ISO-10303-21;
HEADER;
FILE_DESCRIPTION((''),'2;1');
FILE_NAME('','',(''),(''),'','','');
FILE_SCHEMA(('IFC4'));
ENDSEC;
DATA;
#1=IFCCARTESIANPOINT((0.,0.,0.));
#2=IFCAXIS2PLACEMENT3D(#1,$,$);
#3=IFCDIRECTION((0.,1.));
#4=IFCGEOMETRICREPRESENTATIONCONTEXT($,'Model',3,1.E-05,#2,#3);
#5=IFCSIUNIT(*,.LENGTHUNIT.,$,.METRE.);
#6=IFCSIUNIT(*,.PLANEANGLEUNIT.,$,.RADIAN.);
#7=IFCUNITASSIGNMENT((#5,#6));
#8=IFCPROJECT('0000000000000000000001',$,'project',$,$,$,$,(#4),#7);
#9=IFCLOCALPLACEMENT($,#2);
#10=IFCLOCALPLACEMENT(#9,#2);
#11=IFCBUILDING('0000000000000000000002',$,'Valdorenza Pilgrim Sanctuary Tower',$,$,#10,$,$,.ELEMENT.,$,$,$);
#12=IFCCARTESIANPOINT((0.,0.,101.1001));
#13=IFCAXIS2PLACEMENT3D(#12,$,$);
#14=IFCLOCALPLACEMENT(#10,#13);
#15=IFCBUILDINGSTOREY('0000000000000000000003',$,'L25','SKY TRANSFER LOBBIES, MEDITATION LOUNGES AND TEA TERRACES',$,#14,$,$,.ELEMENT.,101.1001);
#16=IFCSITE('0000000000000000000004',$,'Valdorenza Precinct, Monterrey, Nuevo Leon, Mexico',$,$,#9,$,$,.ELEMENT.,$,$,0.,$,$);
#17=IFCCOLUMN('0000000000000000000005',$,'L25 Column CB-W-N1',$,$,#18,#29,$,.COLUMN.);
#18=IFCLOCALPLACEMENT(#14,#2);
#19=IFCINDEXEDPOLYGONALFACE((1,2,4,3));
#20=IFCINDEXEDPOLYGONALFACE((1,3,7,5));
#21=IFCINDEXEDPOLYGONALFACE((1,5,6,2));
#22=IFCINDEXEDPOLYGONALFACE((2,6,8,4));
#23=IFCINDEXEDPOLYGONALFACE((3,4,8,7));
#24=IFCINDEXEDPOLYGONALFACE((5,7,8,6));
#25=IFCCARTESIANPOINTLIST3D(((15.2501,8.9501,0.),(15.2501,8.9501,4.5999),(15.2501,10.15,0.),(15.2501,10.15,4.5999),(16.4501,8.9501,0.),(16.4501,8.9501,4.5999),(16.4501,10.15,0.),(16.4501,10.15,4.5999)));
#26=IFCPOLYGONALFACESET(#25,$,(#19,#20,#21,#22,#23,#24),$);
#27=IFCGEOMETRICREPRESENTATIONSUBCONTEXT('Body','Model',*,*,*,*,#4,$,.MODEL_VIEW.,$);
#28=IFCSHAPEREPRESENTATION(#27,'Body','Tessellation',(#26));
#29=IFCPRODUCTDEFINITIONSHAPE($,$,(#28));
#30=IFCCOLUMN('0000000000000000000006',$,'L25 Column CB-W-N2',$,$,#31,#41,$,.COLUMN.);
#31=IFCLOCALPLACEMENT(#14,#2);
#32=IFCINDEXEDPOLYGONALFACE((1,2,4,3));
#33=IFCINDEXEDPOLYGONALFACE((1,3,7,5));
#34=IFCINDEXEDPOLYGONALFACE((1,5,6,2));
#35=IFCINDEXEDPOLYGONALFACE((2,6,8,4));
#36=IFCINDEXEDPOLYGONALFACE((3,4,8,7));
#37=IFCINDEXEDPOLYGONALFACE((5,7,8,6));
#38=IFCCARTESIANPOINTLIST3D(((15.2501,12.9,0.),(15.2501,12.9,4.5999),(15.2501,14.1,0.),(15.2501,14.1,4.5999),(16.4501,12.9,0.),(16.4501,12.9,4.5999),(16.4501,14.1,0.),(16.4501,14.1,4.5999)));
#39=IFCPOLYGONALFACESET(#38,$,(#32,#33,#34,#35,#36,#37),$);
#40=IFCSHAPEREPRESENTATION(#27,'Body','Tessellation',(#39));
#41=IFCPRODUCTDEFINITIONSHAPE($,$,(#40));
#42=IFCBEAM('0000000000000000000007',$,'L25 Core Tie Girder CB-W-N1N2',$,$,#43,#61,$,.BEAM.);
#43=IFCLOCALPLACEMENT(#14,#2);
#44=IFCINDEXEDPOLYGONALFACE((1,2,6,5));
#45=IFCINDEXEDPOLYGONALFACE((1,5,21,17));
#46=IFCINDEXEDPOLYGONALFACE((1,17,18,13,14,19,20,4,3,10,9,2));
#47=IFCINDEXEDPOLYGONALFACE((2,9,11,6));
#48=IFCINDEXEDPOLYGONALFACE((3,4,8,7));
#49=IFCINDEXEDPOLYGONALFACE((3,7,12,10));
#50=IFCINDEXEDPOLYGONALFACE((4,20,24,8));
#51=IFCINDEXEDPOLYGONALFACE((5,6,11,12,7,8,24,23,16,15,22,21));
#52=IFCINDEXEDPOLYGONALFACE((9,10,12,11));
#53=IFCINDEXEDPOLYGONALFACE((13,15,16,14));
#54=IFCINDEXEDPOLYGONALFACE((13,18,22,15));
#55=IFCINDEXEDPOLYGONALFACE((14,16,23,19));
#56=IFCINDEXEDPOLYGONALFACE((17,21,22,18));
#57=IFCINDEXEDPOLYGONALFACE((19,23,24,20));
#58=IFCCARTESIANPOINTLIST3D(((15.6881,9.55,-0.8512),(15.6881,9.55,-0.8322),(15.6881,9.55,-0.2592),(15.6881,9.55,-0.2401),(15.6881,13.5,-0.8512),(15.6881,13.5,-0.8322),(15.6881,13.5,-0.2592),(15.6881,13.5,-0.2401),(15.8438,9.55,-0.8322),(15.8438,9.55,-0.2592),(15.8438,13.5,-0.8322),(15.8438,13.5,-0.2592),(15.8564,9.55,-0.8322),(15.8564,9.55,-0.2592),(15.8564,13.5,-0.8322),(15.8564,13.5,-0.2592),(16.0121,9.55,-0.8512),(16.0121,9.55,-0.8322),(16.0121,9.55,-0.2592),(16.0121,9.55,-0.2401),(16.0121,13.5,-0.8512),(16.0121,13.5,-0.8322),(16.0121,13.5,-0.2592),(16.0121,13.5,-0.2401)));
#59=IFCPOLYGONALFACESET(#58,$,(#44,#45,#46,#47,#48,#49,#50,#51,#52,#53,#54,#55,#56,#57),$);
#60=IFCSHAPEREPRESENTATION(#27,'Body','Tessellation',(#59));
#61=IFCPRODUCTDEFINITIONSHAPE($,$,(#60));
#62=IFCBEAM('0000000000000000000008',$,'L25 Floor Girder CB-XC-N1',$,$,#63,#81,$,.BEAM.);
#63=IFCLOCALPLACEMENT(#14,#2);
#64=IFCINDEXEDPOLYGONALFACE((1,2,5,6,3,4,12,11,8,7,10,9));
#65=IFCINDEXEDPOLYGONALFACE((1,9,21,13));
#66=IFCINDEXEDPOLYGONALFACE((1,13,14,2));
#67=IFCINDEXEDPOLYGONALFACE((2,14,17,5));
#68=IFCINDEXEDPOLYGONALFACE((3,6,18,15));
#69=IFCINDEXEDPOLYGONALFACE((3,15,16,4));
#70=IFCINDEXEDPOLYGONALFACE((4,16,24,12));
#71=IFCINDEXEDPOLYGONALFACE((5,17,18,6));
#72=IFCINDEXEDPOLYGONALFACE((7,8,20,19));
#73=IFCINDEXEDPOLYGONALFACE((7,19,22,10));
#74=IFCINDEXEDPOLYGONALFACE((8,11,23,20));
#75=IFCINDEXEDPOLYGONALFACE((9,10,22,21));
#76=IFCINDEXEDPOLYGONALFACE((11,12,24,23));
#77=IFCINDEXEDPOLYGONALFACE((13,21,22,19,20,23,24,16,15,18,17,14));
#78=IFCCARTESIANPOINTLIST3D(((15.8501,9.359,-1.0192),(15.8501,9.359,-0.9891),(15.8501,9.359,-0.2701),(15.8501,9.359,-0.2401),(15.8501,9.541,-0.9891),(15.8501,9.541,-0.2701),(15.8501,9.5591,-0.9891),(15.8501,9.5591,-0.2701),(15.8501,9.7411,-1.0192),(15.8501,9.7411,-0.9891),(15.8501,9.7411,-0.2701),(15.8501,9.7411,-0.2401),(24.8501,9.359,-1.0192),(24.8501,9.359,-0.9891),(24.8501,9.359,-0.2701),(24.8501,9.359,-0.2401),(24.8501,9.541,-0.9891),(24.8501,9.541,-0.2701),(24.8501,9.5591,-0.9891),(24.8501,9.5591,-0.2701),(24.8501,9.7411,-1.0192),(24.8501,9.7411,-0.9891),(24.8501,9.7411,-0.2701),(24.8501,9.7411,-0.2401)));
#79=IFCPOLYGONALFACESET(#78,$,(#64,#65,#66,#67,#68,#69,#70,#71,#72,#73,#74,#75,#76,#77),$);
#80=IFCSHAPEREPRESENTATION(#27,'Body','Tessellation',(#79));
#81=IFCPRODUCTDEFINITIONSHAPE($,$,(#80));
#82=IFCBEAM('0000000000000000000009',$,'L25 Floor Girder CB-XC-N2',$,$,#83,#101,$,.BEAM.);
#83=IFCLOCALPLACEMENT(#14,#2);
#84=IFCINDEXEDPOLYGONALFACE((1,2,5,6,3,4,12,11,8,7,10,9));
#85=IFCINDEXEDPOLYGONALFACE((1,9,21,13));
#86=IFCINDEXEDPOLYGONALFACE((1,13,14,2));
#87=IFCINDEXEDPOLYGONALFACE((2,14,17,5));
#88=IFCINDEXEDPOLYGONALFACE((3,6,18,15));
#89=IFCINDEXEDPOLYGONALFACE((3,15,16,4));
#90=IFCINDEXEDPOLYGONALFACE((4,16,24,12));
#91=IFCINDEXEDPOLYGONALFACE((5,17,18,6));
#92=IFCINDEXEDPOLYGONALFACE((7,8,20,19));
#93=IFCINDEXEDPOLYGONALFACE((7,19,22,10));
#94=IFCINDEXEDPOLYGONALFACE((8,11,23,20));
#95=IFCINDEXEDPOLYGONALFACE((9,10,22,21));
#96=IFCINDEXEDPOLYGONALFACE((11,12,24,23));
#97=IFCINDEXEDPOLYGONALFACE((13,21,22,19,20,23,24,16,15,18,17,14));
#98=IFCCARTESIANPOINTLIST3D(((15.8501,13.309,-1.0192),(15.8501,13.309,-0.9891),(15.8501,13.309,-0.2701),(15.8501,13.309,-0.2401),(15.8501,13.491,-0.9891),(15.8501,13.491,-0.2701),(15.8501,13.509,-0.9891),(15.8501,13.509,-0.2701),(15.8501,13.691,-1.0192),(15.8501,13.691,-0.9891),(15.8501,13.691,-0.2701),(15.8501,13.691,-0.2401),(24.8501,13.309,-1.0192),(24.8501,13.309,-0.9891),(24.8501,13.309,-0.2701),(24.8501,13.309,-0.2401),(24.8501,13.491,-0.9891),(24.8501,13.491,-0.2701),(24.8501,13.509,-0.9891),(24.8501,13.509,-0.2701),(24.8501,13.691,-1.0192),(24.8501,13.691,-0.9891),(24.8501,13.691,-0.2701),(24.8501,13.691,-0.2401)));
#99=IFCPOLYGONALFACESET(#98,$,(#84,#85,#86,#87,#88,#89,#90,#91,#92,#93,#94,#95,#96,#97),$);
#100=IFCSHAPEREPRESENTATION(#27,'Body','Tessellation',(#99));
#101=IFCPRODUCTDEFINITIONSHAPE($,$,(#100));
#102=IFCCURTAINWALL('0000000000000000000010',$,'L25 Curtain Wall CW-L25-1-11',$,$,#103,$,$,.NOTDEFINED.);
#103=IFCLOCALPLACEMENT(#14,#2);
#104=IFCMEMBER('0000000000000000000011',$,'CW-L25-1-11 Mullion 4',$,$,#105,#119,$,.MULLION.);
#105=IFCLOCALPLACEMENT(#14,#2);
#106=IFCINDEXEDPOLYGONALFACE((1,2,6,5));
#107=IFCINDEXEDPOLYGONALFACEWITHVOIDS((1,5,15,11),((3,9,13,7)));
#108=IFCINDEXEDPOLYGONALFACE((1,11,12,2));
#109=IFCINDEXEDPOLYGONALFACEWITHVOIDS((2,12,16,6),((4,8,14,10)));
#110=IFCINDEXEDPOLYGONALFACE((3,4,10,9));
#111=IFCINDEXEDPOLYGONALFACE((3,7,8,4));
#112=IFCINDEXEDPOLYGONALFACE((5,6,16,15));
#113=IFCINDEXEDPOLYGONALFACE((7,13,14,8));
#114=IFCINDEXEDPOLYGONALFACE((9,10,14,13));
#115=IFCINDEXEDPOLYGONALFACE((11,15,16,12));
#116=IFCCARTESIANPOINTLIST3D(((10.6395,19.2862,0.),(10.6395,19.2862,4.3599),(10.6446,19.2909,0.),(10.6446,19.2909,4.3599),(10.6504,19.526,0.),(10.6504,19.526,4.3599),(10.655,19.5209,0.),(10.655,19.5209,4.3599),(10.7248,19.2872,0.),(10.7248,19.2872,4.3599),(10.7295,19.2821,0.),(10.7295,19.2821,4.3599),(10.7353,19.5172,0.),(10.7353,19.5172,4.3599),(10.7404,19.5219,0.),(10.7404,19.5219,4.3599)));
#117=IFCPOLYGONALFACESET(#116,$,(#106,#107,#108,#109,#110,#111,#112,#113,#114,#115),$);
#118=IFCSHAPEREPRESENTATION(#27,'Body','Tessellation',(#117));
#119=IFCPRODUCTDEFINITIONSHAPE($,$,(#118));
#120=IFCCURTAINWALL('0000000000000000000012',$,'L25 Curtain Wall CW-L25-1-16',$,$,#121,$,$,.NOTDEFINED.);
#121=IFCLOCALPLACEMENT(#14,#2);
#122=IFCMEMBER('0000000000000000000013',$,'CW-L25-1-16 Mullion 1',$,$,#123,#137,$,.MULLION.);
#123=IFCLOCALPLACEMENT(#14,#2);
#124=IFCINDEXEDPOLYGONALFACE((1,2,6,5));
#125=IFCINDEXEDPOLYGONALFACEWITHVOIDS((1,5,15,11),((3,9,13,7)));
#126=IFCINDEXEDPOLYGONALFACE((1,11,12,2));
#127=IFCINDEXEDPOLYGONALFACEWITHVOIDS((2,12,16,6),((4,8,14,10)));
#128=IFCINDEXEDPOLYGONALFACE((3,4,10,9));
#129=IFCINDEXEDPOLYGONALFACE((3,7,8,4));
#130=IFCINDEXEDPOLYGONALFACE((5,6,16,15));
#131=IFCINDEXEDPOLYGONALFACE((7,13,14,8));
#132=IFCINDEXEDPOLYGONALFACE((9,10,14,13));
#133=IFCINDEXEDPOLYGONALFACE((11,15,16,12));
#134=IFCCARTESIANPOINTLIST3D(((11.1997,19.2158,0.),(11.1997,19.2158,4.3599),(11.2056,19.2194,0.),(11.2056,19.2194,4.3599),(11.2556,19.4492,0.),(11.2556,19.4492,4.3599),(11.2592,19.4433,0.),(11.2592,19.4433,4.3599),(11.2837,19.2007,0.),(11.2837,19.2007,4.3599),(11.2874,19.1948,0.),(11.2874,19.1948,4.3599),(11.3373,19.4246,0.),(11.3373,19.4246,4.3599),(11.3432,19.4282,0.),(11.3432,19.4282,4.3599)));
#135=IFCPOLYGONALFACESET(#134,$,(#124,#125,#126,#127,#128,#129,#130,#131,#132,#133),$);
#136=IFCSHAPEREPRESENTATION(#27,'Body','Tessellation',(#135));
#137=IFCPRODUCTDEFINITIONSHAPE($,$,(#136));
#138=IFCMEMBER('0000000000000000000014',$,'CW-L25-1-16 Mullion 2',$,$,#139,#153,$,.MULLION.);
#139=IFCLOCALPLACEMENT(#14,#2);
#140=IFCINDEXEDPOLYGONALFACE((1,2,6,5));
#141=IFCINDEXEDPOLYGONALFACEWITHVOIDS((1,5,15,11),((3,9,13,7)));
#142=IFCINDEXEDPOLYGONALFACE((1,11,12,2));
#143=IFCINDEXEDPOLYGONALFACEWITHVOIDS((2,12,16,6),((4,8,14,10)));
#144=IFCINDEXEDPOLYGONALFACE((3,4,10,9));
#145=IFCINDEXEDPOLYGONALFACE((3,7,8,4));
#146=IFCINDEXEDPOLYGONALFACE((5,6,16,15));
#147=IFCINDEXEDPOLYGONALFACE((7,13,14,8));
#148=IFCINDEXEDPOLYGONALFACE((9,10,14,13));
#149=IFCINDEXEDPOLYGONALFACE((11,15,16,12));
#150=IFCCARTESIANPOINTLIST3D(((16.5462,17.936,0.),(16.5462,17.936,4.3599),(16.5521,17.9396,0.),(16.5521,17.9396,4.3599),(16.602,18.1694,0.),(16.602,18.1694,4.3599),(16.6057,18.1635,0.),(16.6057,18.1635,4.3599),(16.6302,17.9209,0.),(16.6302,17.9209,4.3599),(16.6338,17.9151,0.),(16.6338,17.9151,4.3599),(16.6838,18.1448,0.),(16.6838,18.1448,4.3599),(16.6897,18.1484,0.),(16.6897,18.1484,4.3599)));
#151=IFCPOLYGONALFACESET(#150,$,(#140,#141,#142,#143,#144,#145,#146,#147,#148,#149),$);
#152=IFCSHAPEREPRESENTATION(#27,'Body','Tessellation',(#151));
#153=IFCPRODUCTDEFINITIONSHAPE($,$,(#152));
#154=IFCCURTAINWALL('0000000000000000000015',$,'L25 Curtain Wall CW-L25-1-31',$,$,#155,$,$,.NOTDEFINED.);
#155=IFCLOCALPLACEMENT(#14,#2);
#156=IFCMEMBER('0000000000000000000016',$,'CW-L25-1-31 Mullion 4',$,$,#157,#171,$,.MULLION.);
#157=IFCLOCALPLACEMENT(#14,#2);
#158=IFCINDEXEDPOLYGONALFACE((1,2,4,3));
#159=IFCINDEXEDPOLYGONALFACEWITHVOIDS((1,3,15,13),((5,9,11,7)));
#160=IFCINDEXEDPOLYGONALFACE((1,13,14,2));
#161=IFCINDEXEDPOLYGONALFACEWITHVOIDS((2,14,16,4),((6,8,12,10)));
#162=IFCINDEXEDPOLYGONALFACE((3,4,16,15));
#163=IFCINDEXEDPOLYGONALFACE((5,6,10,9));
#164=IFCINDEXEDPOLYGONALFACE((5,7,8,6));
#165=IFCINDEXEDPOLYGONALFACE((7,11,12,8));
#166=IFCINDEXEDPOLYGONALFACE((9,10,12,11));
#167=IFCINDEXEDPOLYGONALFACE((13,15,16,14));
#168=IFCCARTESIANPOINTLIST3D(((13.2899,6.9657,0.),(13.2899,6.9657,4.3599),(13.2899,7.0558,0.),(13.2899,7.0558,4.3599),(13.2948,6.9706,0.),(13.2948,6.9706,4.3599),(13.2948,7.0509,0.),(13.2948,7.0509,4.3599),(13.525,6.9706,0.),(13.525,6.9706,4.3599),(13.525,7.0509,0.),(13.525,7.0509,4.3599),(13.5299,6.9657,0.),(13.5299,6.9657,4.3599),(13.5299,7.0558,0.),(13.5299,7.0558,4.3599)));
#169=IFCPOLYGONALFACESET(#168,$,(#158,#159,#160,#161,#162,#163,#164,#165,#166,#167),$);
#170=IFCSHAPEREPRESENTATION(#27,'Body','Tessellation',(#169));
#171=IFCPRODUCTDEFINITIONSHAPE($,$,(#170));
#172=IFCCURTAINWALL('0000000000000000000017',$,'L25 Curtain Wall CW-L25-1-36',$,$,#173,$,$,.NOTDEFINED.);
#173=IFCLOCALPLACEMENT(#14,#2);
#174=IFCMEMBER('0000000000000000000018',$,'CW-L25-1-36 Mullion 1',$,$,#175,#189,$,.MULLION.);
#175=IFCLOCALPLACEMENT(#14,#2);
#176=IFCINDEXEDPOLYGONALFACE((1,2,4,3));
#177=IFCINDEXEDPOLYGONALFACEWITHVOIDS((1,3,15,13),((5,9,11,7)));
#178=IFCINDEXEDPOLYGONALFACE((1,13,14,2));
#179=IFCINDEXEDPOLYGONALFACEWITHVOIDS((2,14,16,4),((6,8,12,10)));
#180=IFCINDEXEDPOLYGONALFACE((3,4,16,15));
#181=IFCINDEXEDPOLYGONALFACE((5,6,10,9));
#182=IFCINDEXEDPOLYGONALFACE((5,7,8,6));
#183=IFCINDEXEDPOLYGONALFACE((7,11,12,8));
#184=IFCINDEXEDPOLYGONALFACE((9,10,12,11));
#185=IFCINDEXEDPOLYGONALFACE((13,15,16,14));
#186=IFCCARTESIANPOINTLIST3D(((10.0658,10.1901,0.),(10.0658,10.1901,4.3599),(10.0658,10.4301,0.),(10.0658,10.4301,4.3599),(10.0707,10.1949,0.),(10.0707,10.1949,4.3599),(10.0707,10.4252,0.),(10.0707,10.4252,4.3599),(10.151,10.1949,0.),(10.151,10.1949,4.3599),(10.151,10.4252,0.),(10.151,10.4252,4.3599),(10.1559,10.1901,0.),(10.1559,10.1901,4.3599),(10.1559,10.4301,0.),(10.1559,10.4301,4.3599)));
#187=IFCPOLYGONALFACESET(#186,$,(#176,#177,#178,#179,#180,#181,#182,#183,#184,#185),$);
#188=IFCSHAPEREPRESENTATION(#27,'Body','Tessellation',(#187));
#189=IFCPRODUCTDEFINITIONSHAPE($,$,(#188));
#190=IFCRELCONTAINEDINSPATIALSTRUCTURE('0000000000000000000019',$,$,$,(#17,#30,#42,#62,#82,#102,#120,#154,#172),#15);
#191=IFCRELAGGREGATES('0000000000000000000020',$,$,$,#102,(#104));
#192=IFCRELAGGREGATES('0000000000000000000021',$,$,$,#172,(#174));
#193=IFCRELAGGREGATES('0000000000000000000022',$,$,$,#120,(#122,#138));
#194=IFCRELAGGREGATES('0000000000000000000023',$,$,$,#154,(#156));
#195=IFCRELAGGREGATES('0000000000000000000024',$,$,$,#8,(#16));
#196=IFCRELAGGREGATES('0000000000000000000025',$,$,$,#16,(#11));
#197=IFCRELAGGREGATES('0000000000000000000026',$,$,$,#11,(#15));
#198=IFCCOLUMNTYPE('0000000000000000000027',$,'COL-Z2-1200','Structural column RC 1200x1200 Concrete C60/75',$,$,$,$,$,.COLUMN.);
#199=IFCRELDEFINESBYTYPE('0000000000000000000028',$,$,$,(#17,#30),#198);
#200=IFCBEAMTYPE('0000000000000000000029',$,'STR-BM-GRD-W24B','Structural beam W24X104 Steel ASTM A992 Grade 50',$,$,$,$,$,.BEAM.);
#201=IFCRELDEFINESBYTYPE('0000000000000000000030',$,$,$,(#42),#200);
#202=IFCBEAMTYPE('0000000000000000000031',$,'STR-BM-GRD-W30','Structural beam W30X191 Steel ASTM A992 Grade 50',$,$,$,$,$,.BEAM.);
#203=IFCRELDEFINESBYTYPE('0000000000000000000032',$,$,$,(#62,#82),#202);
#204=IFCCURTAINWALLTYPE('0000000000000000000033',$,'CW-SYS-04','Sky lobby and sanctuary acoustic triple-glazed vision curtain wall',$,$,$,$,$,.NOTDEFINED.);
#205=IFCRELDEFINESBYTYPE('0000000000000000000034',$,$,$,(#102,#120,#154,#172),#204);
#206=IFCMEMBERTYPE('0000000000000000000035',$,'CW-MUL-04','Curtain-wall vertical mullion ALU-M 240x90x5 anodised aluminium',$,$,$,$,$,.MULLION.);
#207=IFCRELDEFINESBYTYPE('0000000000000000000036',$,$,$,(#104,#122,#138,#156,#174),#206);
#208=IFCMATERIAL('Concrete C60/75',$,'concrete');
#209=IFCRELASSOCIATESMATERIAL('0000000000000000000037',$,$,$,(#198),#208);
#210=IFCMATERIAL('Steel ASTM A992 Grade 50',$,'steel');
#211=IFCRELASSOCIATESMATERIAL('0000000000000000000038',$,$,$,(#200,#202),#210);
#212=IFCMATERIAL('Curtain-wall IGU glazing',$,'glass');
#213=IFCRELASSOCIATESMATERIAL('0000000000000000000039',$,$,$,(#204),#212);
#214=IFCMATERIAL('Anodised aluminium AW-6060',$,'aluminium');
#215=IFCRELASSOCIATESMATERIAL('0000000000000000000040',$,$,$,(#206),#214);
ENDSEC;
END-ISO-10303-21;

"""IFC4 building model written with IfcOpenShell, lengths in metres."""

from ifc_helpers import new_model, si_unit, direction, frame, origin, origin_2d, place, context, subcontext, project, spatial, rectangle, hollow_rectangle, i_section, extrude, source, transform, mapped, material, material_profile, profile_set, type_object, element, aggregate, save


model = new_model("IFC4")

# Units and contexts
model_context = context("Model", 3, precision=1e-05, world=origin(), true_north=direction((0.0, 1.0)))
body_context = subcontext(model_context, "Body", "Model", "MODEL_VIEW")
ifc_project = project(units=[si_unit("LENGTHUNIT", "METRE"), si_unit("PLANEANGLEUNIT", "RADIAN")], contexts=[model_context])

# Site, building, storey
site_placement = place(None, origin())
site = spatial("IfcSite", under=ifc_project, at=site_placement, Name="Valdorenza Precinct, Monterrey, Nuevo Leon, Mexico", CompositionType="ELEMENT", RefElevation=0.0)
building_placement = place(site_placement, origin())
building = spatial("IfcBuilding", under=site, at=building_placement, Name="Valdorenza Pilgrim Sanctuary Tower", CompositionType="ELEMENT")
storey_placement = place(building_placement, frame((0.0, 0.0, 101.1001)))
storey = spatial("IfcBuildingStorey", under=building, at=storey_placement, Name="L25", Description="SKY TRANSFER LOBBIES, MEDITATION LOUNGES AND TEA TERRACES", CompositionType="ELEMENT", Elevation=101.1001)

# Columns
ifc_material_1 = material(Name="Concrete C60/75", Category="concrete")
ifc_material_profile_1 = material_profile(ifc_material_1, rectangle(XDim=1.2, YDim=1.2, at=origin_2d()), Name="RC 1200x1200")
ifc_profile_set_1 = profile_set([ifc_material_profile_1], Name="Concrete C60/75")
column_type = type_object("IfcColumnType", Name="COL-Z2-1200", Description="Structural column RC 1200x1200 Concrete C60/75", PredefinedType="COLUMN", material=ifc_profile_set_1)
shared_shape_1 = source(origin(), body_context, "Body", "SweptSolid", [
    extrude(rectangle(XDim=1.2, YDim=1.2, at=origin_2d()), origin(), (0.0, 0.0, 1.0), 4.5999),
])
for number, where, z_axis, x_axis, name in (
    (1, (15.8501, 9.55, 0.0), (0.0, 0.0, 1.0), (1.0, 0.0, 0.0), "L25 Column CB-W-N1"),
    (2, (15.8501, 13.5, 0.0), (0.0, 0.0, 1.0), (1.0, 0.0, 0.0), "L25 Column CB-W-N2"),
):
    element("IfcColumn", number, at=place(storey_placement, frame(where, z_axis=z_axis, x_axis=x_axis)), inside=storey, type_object=column_type, Name=name, PredefinedType="COLUMN", context=body_context, shape_type="MappedRepresentation", body=[
        mapped(shared_shape_1, transform((0.0, 0.0, 0.0), x_axis=(1.0, 0.0, 0.0), y_axis=(0.0, 1.0, 0.0), z_axis=(0.0, 0.0, 1.0), scale=1.0)),
    ])

# Beams
ifc_material_2 = material(Name="Steel ASTM A992 Grade 50", Category="steel")
ifc_material_profile_2 = material_profile(ifc_material_2, i_section(OverallWidth=0.324, OverallDepth=0.6111, WebThickness=0.0127, FlangeThickness=0.019, at=origin_2d()), Name="W24X104")
ifc_profile_set_2 = profile_set([ifc_material_profile_2], Name="Steel ASTM A992 Grade 50")
beam_type_1 = type_object("IfcBeamType", Name="STR-BM-GRD-W24B", Description="Structural beam W24X104 Steel ASTM A992 Grade 50", PredefinedType="BEAM", material=ifc_profile_set_2)
shared_shape_2 = source(origin(), body_context, "Body", "SweptSolid", [
    extrude(i_section(OverallWidth=0.324, OverallDepth=0.6111, WebThickness=0.0127, FlangeThickness=0.019, at=origin_2d()), origin(), (0.0, 0.0, 1.0), 3.95),
])
beam_placement = place(storey_placement, frame((15.8501, 9.55, -0.5457), z_axis=(0.0, 1.0, 0.0), x_axis=(-1.0, 0.0, 0.0)))
element("IfcBeam", 3, at=beam_placement, inside=storey, type_object=beam_type_1, Name="L25 Core Tie Girder CB-W-N1N2", PredefinedType="BEAM", context=body_context, shape_type="MappedRepresentation", body=[
    mapped(shared_shape_2, transform((0.0, 0.0, 0.0), x_axis=(1.0, 0.0, 0.0), y_axis=(0.0, 1.0, 0.0), z_axis=(0.0, 0.0, 1.0), scale=1.0)),
])
ifc_material_profile_3 = material_profile(ifc_material_2, i_section(OverallWidth=0.3821, OverallDepth=0.7791, WebThickness=0.0181, FlangeThickness=0.03, at=origin_2d()), Name="W30X191")
ifc_profile_set_3 = profile_set([ifc_material_profile_3], Name="Steel ASTM A992 Grade 50")
beam_type_2 = type_object("IfcBeamType", Name="STR-BM-GRD-W30", Description="Structural beam W30X191 Steel ASTM A992 Grade 50", PredefinedType="BEAM", material=ifc_profile_set_3)
shared_shape_3 = source(origin(), body_context, "Body", "SweptSolid", [
    extrude(i_section(OverallWidth=0.3821, OverallDepth=0.7791, WebThickness=0.0181, FlangeThickness=0.03, at=origin_2d()), origin(), (0.0, 0.0, 1.0), 9.0),
])
for number, where, z_axis, x_axis, name in (
    (4, (15.8501, 9.55, -0.6296), (1.0, 0.0, 0.0), (0.0, 1.0, 0.0), "L25 Floor Girder CB-XC-N1"),
    (5, (15.8501, 13.5, -0.6296), (1.0, 0.0, 0.0), (0.0, 1.0, 0.0), "L25 Floor Girder CB-XC-N2"),
):
    element("IfcBeam", number, at=place(storey_placement, frame(where, z_axis=z_axis, x_axis=x_axis)), inside=storey, type_object=beam_type_2, Name=name, PredefinedType="BEAM", context=body_context, shape_type="MappedRepresentation", body=[
        mapped(shared_shape_3, transform((0.0, 0.0, 0.0), x_axis=(1.0, 0.0, 0.0), y_axis=(0.0, 1.0, 0.0), z_axis=(0.0, 0.0, 1.0), scale=1.0)),
    ])

# Curtain wall, member
ifc_material_3 = material(Name="Curtain-wall IGU glazing", Category="glass")
curtain_wall_type = type_object("IfcCurtainWallType", Name="CW-SYS-04", Description="Sky lobby and sanctuary acoustic triple-glazed vision curtain wall", PredefinedType="NOTDEFINED", material=ifc_material_3)
curtain_wall_1_placement = place(storey_placement, origin())
curtain_wall_1 = element("IfcCurtainWall", 6, at=curtain_wall_1_placement, inside=storey, type_object=curtain_wall_type, Name="L25 Curtain Wall CW-L25-1-11", PredefinedType="NOTDEFINED")
ifc_material_4 = material(Name="Anodised aluminium AW-6060", Category="aluminium")
ifc_material_profile_4 = material_profile(ifc_material_4, hollow_rectangle(XDim=0.0901, YDim=0.24, WallThickness=0.0049, at=origin_2d()), Name="ALU-M 240x90x5")
ifc_profile_set_4 = profile_set([ifc_material_profile_4], Name="Anodised aluminium AW-6060")
member_type_1 = type_object("IfcMemberType", Name="CW-MUL-04", Description="Curtain-wall vertical mullion ALU-M 240x90x5 anodised aluminium", PredefinedType="MULLION", material=ifc_profile_set_4)
shared_shape_4 = source(origin(), body_context, "Body", "SweptSolid", [
    extrude(hollow_rectangle(XDim=0.0901, YDim=0.24, WallThickness=0.0049, at=origin_2d()), origin(), (0.0, 0.0, 1.0), 4.3599),
])
member_1_placement = place(storey_placement, frame((10.6899, 19.4041, 0.0), z_axis=(0.0, 0.0, 1.0), x_axis=(0.998968, -0.045415, 0.0)))
member_1 = element("IfcMember", 7, at=member_1_placement, type_object=member_type_1, Name="CW-L25-1-11 Mullion 4", PredefinedType="MULLION", context=body_context, shape_type="MappedRepresentation", body=[
    mapped(shared_shape_4, transform((0.0, 0.0, 0.0), x_axis=(1.0, 0.0, 0.0), y_axis=(0.0, 1.0, 0.0), z_axis=(0.0, 0.0, 1.0), scale=1.0)),
])
aggregate(curtain_wall_1, [member_1])

# Curtain wall, members
curtain_wall_2_placement = place(storey_placement, origin())
curtain_wall_2 = element("IfcCurtainWall", 8, at=curtain_wall_2_placement, inside=storey, type_object=curtain_wall_type, Name="L25 Curtain Wall CW-L25-1-16", PredefinedType="NOTDEFINED")
member_2_placement = place(storey_placement, frame((11.2715, 19.322, 0.0), z_axis=(0.0, 0.0, 1.0), x_axis=(0.972529, -0.232783, 0.0)))
member_2 = element("IfcMember", 9, at=member_2_placement, type_object=member_type_1, Name="CW-L25-1-16 Mullion 1", PredefinedType="MULLION", context=body_context, shape_type="MappedRepresentation", body=[
    mapped(shared_shape_4, transform((0.0, 0.0, 0.0), x_axis=(1.0, 0.0, 0.0), y_axis=(0.0, 1.0, 0.0), z_axis=(0.0, 0.0, 1.0), scale=1.0)),
])
member_3_placement = place(storey_placement, frame((16.6179, 18.0422, 0.0), z_axis=(0.0, 0.0, 1.0), x_axis=(0.972529, -0.232783, 0.0)))
member_3 = element("IfcMember", 10, at=member_3_placement, type_object=member_type_1, Name="CW-L25-1-16 Mullion 2", PredefinedType="MULLION", context=body_context, shape_type="MappedRepresentation", body=[
    mapped(shared_shape_4, transform((0.0, 0.0, 0.0), x_axis=(1.0, 0.0, 0.0), y_axis=(0.0, 1.0, 0.0), z_axis=(0.0, 0.0, 1.0), scale=1.0)),
])

# Curtain walls, members
curtain_wall_3_placement = place(storey_placement, origin())
curtain_wall_3 = element("IfcCurtainWall", 11, at=curtain_wall_3_placement, inside=storey, type_object=curtain_wall_type, Name="L25 Curtain Wall CW-L25-1-31", PredefinedType="NOTDEFINED")
member_4_placement = place(storey_placement, frame((13.4099, 7.0107, 0.0), z_axis=(0.0, 0.0, 1.0), x_axis=(0.0, 1.0, 0.0)))
member_4 = element("IfcMember", 12, at=member_4_placement, type_object=member_type_1, Name="CW-L25-1-31 Mullion 4", PredefinedType="MULLION", context=body_context, shape_type="MappedRepresentation", body=[
    mapped(shared_shape_4, transform((0.0, 0.0, 0.0), x_axis=(1.0, 0.0, 0.0), y_axis=(0.0, 1.0, 0.0), z_axis=(0.0, 0.0, 1.0), scale=1.0)),
])
curtain_wall_4_placement = place(storey_placement, origin())
curtain_wall_4 = element("IfcCurtainWall", 13, at=curtain_wall_4_placement, inside=storey, type_object=curtain_wall_type, Name="L25 Curtain Wall CW-L25-1-36", PredefinedType="NOTDEFINED")
member_5_placement = place(storey_placement, frame((10.1108, 10.3101, 0.0), z_axis=(0.0, 0.0, 1.0), x_axis=(-1.0, 0.0, 0.0)))
member_5 = element("IfcMember", 14, at=member_5_placement, type_object=member_type_1, Name="CW-L25-1-36 Mullion 1", PredefinedType="MULLION", context=body_context, shape_type="MappedRepresentation", body=[
    mapped(shared_shape_4, transform((0.0, 0.0, 0.0), x_axis=(1.0, 0.0, 0.0), y_axis=(0.0, 1.0, 0.0), z_axis=(0.0, 0.0, 1.0), scale=1.0)),
])

aggregate(curtain_wall_4, [member_5])

aggregate(curtain_wall_2, [member_2, member_3])
aggregate(curtain_wall_3, [member_4])

save(model, "model.ifc")
